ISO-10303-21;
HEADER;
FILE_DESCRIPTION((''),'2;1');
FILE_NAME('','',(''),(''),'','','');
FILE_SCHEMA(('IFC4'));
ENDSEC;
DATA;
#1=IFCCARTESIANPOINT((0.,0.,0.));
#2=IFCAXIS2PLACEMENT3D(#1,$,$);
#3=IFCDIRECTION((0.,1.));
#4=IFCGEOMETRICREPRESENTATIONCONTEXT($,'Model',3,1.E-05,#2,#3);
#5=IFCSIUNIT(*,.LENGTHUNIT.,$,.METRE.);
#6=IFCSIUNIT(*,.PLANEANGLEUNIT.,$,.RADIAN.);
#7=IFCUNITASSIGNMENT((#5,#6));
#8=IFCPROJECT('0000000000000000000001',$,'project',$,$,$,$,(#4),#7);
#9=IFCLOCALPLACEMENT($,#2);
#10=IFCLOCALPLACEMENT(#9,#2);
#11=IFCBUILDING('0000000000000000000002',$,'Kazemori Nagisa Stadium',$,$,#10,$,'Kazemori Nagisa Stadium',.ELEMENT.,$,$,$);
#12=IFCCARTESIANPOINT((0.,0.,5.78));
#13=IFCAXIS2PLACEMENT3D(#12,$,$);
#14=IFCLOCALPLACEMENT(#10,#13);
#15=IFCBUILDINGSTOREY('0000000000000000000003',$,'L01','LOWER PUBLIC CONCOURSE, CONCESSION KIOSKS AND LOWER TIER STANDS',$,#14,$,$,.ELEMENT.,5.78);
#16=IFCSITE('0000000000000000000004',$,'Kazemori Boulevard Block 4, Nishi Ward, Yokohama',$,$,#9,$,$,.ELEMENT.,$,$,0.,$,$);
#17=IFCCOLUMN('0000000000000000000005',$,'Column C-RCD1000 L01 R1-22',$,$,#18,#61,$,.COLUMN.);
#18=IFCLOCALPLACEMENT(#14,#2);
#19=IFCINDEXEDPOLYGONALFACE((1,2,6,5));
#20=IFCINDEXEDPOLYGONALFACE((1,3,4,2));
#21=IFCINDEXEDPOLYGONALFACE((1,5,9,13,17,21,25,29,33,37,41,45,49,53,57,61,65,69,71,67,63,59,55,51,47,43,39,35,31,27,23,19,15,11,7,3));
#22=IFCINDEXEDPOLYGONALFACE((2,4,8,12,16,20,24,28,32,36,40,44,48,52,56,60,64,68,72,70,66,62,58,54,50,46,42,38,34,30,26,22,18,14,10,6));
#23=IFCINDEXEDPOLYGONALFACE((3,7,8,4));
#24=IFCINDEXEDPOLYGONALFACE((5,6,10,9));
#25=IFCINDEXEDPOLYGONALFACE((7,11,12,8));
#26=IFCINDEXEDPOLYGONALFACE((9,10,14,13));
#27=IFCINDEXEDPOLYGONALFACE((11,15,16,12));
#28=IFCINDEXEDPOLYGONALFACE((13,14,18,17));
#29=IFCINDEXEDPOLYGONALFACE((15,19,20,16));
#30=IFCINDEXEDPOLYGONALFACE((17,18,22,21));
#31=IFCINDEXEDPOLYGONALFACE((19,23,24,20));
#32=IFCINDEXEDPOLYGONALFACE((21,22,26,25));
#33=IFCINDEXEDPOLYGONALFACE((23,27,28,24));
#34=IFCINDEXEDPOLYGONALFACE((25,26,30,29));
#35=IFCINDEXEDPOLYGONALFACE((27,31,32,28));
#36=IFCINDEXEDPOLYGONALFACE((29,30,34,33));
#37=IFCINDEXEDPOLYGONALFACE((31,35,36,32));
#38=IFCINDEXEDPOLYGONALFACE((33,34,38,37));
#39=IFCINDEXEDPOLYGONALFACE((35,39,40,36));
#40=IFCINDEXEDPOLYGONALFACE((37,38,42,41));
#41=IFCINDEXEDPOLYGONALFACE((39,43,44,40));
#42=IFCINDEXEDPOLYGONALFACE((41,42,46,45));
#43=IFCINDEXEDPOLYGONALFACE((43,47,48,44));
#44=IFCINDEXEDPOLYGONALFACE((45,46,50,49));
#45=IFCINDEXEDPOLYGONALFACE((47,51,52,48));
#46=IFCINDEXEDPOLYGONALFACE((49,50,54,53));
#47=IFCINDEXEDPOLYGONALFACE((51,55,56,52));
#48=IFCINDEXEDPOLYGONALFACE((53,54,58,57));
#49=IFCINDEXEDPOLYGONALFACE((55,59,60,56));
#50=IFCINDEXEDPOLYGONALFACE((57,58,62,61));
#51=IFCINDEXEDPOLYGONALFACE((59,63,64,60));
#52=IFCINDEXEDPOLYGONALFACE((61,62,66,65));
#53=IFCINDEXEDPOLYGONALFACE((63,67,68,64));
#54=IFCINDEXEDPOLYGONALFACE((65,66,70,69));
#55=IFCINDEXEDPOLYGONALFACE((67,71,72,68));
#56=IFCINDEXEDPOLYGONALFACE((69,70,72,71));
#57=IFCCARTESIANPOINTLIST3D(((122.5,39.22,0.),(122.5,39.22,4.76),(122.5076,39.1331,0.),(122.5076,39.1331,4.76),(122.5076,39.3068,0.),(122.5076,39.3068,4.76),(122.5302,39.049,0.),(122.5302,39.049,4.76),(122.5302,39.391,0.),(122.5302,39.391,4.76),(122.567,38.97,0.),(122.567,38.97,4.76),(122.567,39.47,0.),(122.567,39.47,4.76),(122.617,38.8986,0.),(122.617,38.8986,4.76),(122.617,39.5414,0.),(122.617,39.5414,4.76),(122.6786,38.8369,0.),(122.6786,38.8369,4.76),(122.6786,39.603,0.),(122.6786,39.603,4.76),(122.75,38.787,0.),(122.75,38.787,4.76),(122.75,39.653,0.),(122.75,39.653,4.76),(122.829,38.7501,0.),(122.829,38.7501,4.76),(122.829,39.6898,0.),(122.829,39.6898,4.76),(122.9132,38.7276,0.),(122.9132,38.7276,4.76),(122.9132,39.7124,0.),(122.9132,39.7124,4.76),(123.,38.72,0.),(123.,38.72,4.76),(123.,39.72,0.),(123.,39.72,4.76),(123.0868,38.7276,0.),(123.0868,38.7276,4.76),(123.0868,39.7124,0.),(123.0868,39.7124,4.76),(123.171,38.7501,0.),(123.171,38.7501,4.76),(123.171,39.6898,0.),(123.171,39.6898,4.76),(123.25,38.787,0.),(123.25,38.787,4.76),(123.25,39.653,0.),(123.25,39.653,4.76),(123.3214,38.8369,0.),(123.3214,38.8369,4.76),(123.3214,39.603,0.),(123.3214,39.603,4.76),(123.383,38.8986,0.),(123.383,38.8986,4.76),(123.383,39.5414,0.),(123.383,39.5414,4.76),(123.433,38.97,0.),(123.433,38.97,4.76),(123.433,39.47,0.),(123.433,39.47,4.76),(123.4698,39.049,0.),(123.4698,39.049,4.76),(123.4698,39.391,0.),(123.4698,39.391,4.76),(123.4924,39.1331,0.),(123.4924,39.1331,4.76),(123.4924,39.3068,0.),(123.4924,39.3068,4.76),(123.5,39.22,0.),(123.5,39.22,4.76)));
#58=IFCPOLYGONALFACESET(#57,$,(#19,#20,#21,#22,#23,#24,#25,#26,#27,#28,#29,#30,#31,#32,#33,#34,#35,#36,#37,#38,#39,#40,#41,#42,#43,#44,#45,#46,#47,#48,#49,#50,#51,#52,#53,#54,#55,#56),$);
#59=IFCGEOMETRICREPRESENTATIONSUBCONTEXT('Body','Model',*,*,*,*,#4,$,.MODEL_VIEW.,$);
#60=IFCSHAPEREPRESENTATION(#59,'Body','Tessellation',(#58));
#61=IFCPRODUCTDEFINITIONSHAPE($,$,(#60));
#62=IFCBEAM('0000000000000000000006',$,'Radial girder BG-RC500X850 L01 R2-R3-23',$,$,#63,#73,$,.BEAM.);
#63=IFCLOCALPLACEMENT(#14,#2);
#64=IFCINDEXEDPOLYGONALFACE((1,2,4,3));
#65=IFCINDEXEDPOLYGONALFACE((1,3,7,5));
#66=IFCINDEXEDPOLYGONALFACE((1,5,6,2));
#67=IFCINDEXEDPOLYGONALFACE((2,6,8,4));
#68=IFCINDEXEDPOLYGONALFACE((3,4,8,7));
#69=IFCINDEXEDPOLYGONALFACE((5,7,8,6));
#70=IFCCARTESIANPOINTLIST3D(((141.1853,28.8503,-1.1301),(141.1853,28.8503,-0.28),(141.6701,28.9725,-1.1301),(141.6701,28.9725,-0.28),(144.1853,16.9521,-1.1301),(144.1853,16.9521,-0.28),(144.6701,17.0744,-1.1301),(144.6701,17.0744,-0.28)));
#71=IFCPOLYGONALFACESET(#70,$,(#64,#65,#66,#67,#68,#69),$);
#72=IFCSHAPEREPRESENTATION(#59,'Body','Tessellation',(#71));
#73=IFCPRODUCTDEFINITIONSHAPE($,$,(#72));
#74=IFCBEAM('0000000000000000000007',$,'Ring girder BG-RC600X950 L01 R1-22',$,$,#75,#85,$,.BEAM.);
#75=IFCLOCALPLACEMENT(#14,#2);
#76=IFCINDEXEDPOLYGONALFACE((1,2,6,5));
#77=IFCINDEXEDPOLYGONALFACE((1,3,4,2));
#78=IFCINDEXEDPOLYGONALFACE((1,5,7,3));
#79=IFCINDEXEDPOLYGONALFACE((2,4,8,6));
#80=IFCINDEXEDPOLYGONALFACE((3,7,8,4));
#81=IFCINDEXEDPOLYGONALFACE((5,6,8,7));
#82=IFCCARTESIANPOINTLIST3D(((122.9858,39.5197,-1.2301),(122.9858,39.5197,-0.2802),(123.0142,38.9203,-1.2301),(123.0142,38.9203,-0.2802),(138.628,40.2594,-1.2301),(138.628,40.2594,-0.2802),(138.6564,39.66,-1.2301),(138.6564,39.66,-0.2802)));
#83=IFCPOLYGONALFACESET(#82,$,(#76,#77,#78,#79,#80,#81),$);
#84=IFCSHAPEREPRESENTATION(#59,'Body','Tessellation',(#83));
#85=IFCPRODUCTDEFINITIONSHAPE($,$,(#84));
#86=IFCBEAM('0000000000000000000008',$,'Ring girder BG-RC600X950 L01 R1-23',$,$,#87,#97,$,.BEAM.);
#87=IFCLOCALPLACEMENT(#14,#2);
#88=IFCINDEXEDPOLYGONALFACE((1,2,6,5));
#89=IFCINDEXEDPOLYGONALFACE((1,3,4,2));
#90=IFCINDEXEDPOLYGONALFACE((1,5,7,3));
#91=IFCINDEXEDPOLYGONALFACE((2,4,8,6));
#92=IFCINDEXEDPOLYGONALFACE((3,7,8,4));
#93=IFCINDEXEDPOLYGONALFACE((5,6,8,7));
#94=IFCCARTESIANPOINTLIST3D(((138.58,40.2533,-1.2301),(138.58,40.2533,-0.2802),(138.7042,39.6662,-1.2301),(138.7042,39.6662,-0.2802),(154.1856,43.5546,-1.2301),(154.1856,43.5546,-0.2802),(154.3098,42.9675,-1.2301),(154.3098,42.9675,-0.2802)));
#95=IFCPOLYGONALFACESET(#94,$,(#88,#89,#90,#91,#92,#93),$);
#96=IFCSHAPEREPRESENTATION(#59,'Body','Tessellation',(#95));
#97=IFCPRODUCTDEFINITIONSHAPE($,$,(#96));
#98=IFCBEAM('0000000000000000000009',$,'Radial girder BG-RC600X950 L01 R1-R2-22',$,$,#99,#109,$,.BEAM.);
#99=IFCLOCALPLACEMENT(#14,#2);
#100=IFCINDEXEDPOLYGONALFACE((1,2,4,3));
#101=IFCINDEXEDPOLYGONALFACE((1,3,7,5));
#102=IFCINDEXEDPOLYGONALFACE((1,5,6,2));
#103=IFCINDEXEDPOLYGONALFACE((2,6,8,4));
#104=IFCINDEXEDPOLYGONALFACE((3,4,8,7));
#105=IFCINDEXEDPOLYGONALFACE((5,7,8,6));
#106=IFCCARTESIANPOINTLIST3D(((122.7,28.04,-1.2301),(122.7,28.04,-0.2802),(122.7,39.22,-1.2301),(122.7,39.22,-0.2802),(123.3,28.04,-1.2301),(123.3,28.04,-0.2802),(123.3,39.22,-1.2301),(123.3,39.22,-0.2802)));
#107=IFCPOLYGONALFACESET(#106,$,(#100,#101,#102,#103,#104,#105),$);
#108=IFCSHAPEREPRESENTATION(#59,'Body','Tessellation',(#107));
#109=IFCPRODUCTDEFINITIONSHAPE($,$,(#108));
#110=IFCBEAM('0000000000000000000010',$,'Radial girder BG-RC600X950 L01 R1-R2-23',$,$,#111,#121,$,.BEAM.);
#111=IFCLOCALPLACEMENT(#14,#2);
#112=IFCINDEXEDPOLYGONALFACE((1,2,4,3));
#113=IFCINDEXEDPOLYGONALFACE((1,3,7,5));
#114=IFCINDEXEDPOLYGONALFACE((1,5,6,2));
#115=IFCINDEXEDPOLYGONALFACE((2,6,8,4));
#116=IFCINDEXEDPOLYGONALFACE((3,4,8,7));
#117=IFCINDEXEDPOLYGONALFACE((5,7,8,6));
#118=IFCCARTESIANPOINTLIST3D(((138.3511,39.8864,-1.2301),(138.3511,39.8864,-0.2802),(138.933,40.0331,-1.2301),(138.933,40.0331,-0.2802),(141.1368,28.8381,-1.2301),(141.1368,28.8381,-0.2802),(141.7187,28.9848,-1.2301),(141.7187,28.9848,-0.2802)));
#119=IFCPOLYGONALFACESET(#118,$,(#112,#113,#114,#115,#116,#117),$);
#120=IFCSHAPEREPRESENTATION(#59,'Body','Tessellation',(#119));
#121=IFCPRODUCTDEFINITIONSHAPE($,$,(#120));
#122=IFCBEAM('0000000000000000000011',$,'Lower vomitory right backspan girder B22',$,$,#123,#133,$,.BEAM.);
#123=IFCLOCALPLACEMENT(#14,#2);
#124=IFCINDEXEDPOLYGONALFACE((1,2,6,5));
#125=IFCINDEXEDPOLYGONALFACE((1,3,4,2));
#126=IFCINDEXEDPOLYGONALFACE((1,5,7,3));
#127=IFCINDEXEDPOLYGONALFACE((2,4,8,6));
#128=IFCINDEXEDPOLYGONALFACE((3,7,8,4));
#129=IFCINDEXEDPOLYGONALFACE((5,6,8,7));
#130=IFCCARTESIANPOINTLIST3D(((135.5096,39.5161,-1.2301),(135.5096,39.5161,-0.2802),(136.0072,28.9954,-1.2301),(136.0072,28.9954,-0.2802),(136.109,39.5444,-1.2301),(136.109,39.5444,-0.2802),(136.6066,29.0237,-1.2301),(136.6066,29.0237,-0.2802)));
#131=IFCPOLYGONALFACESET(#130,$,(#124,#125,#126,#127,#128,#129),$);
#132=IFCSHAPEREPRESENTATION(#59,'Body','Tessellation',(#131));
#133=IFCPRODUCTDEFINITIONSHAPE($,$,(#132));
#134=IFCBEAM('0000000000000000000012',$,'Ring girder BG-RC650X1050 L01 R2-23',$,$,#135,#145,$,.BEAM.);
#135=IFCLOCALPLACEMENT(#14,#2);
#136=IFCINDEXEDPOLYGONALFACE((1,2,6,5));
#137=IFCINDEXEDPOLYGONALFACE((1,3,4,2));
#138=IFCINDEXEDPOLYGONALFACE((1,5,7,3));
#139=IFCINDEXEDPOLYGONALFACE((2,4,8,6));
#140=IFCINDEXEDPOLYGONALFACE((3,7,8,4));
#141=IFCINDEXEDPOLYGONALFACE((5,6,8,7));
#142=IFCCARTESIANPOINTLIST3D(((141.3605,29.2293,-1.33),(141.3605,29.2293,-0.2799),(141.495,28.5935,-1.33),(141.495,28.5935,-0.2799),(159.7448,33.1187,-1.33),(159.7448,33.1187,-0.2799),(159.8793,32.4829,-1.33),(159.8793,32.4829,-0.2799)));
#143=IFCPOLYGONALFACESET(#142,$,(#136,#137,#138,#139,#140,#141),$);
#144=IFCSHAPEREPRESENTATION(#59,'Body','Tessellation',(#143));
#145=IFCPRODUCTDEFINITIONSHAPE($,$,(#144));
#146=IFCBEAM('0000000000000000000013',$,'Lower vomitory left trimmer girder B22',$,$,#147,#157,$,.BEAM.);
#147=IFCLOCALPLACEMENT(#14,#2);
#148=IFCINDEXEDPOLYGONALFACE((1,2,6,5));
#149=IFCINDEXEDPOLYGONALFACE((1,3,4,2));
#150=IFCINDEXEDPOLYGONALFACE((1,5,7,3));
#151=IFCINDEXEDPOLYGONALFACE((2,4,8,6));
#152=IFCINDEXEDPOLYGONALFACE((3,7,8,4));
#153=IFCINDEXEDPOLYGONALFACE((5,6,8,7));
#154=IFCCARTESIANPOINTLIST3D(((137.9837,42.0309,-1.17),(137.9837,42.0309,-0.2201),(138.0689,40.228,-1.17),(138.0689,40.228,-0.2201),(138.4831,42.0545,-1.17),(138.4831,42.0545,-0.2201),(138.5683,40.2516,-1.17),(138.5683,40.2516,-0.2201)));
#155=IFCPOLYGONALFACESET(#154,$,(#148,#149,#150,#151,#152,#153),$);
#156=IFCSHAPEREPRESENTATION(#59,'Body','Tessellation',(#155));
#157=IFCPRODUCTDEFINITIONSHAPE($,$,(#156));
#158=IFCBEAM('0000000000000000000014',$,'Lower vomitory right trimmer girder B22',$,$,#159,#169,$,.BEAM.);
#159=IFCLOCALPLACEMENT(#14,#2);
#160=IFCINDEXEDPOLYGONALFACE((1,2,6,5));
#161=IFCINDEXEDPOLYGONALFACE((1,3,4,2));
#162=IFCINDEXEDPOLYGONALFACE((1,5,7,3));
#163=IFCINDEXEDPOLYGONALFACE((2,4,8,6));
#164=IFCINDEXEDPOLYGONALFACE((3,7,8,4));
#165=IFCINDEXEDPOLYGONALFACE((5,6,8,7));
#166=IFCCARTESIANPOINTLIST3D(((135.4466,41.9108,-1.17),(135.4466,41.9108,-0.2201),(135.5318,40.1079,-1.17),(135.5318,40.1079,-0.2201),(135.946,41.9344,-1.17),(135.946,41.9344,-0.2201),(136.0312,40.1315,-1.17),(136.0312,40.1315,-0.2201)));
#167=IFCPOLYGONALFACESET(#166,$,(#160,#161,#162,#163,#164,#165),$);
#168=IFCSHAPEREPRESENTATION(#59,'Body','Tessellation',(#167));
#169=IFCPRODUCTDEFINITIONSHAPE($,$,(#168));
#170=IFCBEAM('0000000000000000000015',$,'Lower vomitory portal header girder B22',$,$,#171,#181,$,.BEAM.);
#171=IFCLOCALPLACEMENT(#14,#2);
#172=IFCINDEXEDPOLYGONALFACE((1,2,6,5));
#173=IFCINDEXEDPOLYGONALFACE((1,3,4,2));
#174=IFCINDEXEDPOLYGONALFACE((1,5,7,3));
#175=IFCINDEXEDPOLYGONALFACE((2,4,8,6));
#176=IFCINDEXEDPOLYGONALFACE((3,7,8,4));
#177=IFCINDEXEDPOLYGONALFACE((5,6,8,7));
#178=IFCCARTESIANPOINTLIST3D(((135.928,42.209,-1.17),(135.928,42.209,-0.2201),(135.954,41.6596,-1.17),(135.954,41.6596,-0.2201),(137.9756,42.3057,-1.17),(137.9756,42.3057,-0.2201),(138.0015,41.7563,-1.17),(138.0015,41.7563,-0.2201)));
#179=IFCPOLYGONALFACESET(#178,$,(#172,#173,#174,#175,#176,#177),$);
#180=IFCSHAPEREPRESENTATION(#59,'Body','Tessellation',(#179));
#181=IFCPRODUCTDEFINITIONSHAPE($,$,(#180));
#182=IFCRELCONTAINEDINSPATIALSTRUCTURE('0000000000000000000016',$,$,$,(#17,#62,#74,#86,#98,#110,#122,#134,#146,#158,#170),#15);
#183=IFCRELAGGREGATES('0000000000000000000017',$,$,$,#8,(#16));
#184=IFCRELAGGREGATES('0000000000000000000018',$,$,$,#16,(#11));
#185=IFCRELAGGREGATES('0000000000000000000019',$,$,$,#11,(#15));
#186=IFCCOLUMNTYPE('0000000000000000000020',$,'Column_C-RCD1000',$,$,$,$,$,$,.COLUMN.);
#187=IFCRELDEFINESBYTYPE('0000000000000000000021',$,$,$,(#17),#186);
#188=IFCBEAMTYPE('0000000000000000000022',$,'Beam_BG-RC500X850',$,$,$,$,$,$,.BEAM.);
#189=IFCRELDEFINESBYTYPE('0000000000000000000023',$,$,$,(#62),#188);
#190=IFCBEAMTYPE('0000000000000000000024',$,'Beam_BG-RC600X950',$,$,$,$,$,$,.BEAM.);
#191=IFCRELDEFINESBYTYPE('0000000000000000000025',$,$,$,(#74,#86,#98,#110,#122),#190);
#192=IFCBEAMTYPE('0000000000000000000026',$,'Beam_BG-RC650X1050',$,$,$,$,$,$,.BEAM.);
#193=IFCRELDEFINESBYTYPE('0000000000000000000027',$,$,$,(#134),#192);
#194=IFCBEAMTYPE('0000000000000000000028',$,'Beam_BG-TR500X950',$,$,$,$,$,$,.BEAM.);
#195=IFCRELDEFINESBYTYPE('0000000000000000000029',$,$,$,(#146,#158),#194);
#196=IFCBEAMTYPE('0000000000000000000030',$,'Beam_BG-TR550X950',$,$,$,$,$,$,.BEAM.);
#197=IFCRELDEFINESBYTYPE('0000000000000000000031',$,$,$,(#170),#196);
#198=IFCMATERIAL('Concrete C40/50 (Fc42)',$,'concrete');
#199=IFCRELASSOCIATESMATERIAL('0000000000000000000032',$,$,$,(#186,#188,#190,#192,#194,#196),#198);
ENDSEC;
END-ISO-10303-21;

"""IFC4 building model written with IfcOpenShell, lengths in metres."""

from ifc_helpers import new_model, si_unit, direction, frame, origin, origin_2d, place, context, subcontext, project, spatial, rectangle, circle, extrude, material, material_profile, profile_set, type_object, element, save


model = new_model("IFC4")

# Units and contexts
model_context = context("Model", 3, precision=1e-05, world=origin(), true_north=direction((0.0, 1.0)))
body_context = subcontext(model_context, "Body", "Model", "MODEL_VIEW")
ifc_project = project(units=[si_unit("LENGTHUNIT", "METRE"), si_unit("PLANEANGLEUNIT", "RADIAN")], contexts=[model_context])

# Site, building, storey
site_placement = place(None, origin())
site = spatial("IfcSite", under=ifc_project, at=site_placement, Name="Kazemori Boulevard Block 4, Nishi Ward, Yokohama", CompositionType="ELEMENT", RefElevation=0.0)
building_placement = place(site_placement, origin())
building = spatial("IfcBuilding", under=site, at=building_placement, Name="Kazemori Nagisa Stadium", LongName="Kazemori Nagisa Stadium", CompositionType="ELEMENT")
storey_placement = place(building_placement, frame((0.0, 0.0, 5.78)))
storey = spatial("IfcBuildingStorey", under=building, at=storey_placement, Name="L01", Description="LOWER PUBLIC CONCOURSE, CONCESSION KIOSKS AND LOWER TIER STANDS", CompositionType="ELEMENT", Elevation=5.78)

# Column
ifc_material_1 = material(Name="Concrete C40/50 (Fc42)", Category="concrete")
ifc_material_profile_1 = material_profile(ifc_material_1, circle(Radius=0.5, at=origin_2d()), Name="RC-COL-D1000")
ifc_profile_set_1 = profile_set([ifc_material_profile_1], Name="Concrete C40/50 (Fc42)")
column_type = type_object("IfcColumnType", Name="Column_C-RCD1000", PredefinedType="COLUMN", material=ifc_profile_set_1)
for number, where, z_axis, x_axis, name in (
    (1, (123.0, 39.22, 0.0), (0.0, 0.0, 1.0), (0.0, -1.0, 0.0), "Column C-RCD1000 L01 R1-22"),
):
    element("IfcColumn", number, at=place(storey_placement, frame(where, z_axis=z_axis, x_axis=x_axis)), inside=storey, type_object=column_type, Name=name, PredefinedType="COLUMN", context=body_context, shape_type="SweptSolid", body=[
        extrude(circle(Radius=0.5, at=origin_2d()), origin(), (0.0, 0.0, 1.0), 4.76),
    ])

# Beams
ifc_material_profile_2 = material_profile(ifc_material_1, rectangle(XDim=0.5, YDim=0.8501, at=origin_2d()), Name="RC-BM-500x850")
ifc_profile_set_2 = profile_set([ifc_material_profile_2], Name="Concrete C40/50 (Fc42)")
beam_type_1 = type_object("IfcBeamType", Name="Beam_BG-RC500X850", PredefinedType="BEAM", material=ifc_profile_set_2)
beam_1_placement = place(storey_placement, frame((141.4277, 28.9114, -0.7051), z_axis=(0.244487, -0.969652, 0.0), x_axis=(0.969652, 0.244487, 0.0)))
element("IfcBeam", 2, at=beam_1_placement, inside=storey, type_object=beam_type_1, Name="Radial girder BG-RC500X850 L01 R2-R3-23", PredefinedType="BEAM", context=body_context, shape_type="SweptSolid", body=[
    extrude(rectangle(XDim=0.5, YDim=0.8501, at=origin_2d()), origin(), (0.0, 0.0, 1.0), 12.2705),
])
ifc_material_profile_3 = material_profile(ifc_material_1, rectangle(XDim=0.6001, YDim=0.95, at=origin_2d()), Name="RC-BM-600x950")
ifc_profile_set_3 = profile_set([ifc_material_profile_3], Name="Concrete C40/50 (Fc42)")
beam_type_2 = type_object("IfcBeamType", Name="Beam_BG-RC600X950", PredefinedType="BEAM", material=ifc_profile_set_3)
beam_2_placement = place(storey_placement, frame((123.0, 39.22, -0.7551), z_axis=(0.998884, 0.047239, 0.0), x_axis=(-0.047239, 0.998884, 0.0)))
element("IfcBeam", 3, at=beam_2_placement, inside=storey, type_object=beam_type_2, Name="Ring girder BG-RC600X950 L01 R1-22", PredefinedType="BEAM", context=body_context, shape_type="SweptSolid", body=[
    extrude(rectangle(XDim=0.6001, YDim=0.95, at=origin_2d()), origin(), (0.0, 0.0, 1.0), 15.6597),
])
beam_3_placement = place(storey_placement, frame((138.6421, 39.9597, -0.7551), z_axis=(0.978348, 0.206965, 0.0), x_axis=(-0.206965, 0.978348, 0.0)))
element("IfcBeam", 4, at=beam_3_placement, inside=storey, type_object=beam_type_2, Name="Ring girder BG-RC600X950 L01 R1-23", PredefinedType="BEAM", context=body_context, shape_type="SweptSolid", body=[
    extrude(rectangle(XDim=0.6001, YDim=0.95, at=origin_2d()), origin(), (0.0, 0.0, 1.0), 15.9509),
])
beam_4_placement = place(storey_placement, frame((123.0, 39.22, -0.7551), z_axis=(0.0, -1.0, 0.0), x_axis=(1.0, 0.0, 0.0)))
element("IfcBeam", 5, at=beam_4_placement, inside=storey, type_object=beam_type_2, Name="Radial girder BG-RC600X950 L01 R1-R2-22", PredefinedType="BEAM", context=body_context, shape_type="SweptSolid", body=[
    extrude(rectangle(XDim=0.6001, YDim=0.95, at=origin_2d()), origin(), (0.0, 0.0, 1.0), 11.1799),
])
beam_5_placement = place(storey_placement, frame((138.6421, 39.9597, -0.7551), z_axis=(0.244481, -0.969654, 0.0), x_axis=(0.969654, 0.244481, 0.0)))
element("IfcBeam", 6, at=beam_5_placement, inside=storey, type_object=beam_type_2, Name="Radial girder BG-RC600X950 L01 R1-R2-23", PredefinedType="BEAM", context=body_context, shape_type="SweptSolid", body=[
    extrude(rectangle(XDim=0.6001, YDim=0.95, at=origin_2d()), origin(), (0.0, 0.0, 1.0), 11.394),
])
beam_6_placement = place(storey_placement, frame((135.8093, 39.5303, -0.7551), z_axis=(0.04724, -0.998884, 0.0), x_axis=(0.998884, 0.04724, 0.0)))
element("IfcBeam", 7, at=beam_6_placement, inside=storey, type_object=beam_type_2, Name="Lower vomitory right backspan girder B22", PredefinedType="BEAM", context=body_context, shape_type="SweptSolid", body=[
    extrude(rectangle(XDim=0.6001, YDim=0.95, at=origin_2d()), origin(), (0.0, 0.0, 1.0), 10.5325),
])
ifc_material_profile_4 = material_profile(ifc_material_1, rectangle(XDim=0.6499, YDim=1.05, at=origin_2d()), Name="RC-BM-650x1050")
ifc_profile_set_4 = profile_set([ifc_material_profile_4], Name="Concrete C40/50 (Fc42)")
beam_type_3 = type_object("IfcBeamType", Name="Beam_BG-RC650X1050", PredefinedType="BEAM", material=ifc_profile_set_4)
beam_7_placement = place(storey_placement, frame((141.4277, 28.9114, -0.8049), z_axis=(0.978345, 0.20698, 0.0), x_axis=(-0.20698, 0.978345, 0.0)))
element("IfcBeam", 8, at=beam_7_placement, inside=storey, type_object=beam_type_3, Name="Ring girder BG-RC650X1050 L01 R2-23", PredefinedType="BEAM", context=body_context, shape_type="SweptSolid", body=[
    extrude(rectangle(XDim=0.6499, YDim=1.05, at=origin_2d()), origin(), (0.0, 0.0, 1.0), 18.7913),
])
ifc_material_profile_5 = material_profile(ifc_material_1, rectangle(XDim=0.5, YDim=0.95, at=origin_2d()), Name="RC-BM-500x950")
ifc_profile_set_5 = profile_set([ifc_material_profile_5], Name="Concrete C40/50 (Fc42)")
beam_type_4 = type_object("IfcBeamType", Name="Beam_BG-TR500X950", PredefinedType="BEAM", material=ifc_profile_set_5)
for number, where, z_axis, x_axis, name in (
    (9, (138.2334, 42.0427, -0.6951), (0.047205, -0.998885, 0.0), (0.998885, 0.047205, 0.0), "Lower vomitory left trimmer girder B22"),
    (10, (135.6963, 41.9226, -0.6951), (0.047205, -0.998885, 0.0), (0.998885, 0.047205, 0.0), "Lower vomitory right trimmer girder B22"),
):
    element("IfcBeam", number, at=place(storey_placement, frame(where, z_axis=z_axis, x_axis=x_axis)), inside=storey, type_object=beam_type_4, Name=name, PredefinedType="BEAM", context=body_context, shape_type="SweptSolid", body=[
        extrude(rectangle(XDim=0.5, YDim=0.95, at=origin_2d()), origin(), (0.0, 0.0, 1.0), 1.8049),
    ])
ifc_material_profile_6 = material_profile(ifc_material_1, rectangle(XDim=0.55, YDim=0.95, at=origin_2d()), Name="RC-BM-550x950")
ifc_profile_set_6 = profile_set([ifc_material_profile_6], Name="Concrete C40/50 (Fc42)")
beam_type_5 = type_object("IfcBeamType", Name="Beam_BG-TR550X950", PredefinedType="BEAM", material=ifc_profile_set_6)
beam_8_placement = place(storey_placement, frame((137.9885, 42.031, -0.6951), z_axis=(-0.998887, -0.047163, 0.0), x_axis=(0.047163, -0.998887, 0.0)))
element("IfcBeam", 11, at=beam_8_placement, inside=storey, type_object=beam_type_5, Name="Lower vomitory portal header girder B22", PredefinedType="BEAM", context=body_context, shape_type="SweptSolid", body=[
    extrude(rectangle(XDim=0.55, YDim=0.95, at=origin_2d()), origin(), (0.0, 0.0, 1.0), 2.0498),
])

save(model, "model.ifc")
